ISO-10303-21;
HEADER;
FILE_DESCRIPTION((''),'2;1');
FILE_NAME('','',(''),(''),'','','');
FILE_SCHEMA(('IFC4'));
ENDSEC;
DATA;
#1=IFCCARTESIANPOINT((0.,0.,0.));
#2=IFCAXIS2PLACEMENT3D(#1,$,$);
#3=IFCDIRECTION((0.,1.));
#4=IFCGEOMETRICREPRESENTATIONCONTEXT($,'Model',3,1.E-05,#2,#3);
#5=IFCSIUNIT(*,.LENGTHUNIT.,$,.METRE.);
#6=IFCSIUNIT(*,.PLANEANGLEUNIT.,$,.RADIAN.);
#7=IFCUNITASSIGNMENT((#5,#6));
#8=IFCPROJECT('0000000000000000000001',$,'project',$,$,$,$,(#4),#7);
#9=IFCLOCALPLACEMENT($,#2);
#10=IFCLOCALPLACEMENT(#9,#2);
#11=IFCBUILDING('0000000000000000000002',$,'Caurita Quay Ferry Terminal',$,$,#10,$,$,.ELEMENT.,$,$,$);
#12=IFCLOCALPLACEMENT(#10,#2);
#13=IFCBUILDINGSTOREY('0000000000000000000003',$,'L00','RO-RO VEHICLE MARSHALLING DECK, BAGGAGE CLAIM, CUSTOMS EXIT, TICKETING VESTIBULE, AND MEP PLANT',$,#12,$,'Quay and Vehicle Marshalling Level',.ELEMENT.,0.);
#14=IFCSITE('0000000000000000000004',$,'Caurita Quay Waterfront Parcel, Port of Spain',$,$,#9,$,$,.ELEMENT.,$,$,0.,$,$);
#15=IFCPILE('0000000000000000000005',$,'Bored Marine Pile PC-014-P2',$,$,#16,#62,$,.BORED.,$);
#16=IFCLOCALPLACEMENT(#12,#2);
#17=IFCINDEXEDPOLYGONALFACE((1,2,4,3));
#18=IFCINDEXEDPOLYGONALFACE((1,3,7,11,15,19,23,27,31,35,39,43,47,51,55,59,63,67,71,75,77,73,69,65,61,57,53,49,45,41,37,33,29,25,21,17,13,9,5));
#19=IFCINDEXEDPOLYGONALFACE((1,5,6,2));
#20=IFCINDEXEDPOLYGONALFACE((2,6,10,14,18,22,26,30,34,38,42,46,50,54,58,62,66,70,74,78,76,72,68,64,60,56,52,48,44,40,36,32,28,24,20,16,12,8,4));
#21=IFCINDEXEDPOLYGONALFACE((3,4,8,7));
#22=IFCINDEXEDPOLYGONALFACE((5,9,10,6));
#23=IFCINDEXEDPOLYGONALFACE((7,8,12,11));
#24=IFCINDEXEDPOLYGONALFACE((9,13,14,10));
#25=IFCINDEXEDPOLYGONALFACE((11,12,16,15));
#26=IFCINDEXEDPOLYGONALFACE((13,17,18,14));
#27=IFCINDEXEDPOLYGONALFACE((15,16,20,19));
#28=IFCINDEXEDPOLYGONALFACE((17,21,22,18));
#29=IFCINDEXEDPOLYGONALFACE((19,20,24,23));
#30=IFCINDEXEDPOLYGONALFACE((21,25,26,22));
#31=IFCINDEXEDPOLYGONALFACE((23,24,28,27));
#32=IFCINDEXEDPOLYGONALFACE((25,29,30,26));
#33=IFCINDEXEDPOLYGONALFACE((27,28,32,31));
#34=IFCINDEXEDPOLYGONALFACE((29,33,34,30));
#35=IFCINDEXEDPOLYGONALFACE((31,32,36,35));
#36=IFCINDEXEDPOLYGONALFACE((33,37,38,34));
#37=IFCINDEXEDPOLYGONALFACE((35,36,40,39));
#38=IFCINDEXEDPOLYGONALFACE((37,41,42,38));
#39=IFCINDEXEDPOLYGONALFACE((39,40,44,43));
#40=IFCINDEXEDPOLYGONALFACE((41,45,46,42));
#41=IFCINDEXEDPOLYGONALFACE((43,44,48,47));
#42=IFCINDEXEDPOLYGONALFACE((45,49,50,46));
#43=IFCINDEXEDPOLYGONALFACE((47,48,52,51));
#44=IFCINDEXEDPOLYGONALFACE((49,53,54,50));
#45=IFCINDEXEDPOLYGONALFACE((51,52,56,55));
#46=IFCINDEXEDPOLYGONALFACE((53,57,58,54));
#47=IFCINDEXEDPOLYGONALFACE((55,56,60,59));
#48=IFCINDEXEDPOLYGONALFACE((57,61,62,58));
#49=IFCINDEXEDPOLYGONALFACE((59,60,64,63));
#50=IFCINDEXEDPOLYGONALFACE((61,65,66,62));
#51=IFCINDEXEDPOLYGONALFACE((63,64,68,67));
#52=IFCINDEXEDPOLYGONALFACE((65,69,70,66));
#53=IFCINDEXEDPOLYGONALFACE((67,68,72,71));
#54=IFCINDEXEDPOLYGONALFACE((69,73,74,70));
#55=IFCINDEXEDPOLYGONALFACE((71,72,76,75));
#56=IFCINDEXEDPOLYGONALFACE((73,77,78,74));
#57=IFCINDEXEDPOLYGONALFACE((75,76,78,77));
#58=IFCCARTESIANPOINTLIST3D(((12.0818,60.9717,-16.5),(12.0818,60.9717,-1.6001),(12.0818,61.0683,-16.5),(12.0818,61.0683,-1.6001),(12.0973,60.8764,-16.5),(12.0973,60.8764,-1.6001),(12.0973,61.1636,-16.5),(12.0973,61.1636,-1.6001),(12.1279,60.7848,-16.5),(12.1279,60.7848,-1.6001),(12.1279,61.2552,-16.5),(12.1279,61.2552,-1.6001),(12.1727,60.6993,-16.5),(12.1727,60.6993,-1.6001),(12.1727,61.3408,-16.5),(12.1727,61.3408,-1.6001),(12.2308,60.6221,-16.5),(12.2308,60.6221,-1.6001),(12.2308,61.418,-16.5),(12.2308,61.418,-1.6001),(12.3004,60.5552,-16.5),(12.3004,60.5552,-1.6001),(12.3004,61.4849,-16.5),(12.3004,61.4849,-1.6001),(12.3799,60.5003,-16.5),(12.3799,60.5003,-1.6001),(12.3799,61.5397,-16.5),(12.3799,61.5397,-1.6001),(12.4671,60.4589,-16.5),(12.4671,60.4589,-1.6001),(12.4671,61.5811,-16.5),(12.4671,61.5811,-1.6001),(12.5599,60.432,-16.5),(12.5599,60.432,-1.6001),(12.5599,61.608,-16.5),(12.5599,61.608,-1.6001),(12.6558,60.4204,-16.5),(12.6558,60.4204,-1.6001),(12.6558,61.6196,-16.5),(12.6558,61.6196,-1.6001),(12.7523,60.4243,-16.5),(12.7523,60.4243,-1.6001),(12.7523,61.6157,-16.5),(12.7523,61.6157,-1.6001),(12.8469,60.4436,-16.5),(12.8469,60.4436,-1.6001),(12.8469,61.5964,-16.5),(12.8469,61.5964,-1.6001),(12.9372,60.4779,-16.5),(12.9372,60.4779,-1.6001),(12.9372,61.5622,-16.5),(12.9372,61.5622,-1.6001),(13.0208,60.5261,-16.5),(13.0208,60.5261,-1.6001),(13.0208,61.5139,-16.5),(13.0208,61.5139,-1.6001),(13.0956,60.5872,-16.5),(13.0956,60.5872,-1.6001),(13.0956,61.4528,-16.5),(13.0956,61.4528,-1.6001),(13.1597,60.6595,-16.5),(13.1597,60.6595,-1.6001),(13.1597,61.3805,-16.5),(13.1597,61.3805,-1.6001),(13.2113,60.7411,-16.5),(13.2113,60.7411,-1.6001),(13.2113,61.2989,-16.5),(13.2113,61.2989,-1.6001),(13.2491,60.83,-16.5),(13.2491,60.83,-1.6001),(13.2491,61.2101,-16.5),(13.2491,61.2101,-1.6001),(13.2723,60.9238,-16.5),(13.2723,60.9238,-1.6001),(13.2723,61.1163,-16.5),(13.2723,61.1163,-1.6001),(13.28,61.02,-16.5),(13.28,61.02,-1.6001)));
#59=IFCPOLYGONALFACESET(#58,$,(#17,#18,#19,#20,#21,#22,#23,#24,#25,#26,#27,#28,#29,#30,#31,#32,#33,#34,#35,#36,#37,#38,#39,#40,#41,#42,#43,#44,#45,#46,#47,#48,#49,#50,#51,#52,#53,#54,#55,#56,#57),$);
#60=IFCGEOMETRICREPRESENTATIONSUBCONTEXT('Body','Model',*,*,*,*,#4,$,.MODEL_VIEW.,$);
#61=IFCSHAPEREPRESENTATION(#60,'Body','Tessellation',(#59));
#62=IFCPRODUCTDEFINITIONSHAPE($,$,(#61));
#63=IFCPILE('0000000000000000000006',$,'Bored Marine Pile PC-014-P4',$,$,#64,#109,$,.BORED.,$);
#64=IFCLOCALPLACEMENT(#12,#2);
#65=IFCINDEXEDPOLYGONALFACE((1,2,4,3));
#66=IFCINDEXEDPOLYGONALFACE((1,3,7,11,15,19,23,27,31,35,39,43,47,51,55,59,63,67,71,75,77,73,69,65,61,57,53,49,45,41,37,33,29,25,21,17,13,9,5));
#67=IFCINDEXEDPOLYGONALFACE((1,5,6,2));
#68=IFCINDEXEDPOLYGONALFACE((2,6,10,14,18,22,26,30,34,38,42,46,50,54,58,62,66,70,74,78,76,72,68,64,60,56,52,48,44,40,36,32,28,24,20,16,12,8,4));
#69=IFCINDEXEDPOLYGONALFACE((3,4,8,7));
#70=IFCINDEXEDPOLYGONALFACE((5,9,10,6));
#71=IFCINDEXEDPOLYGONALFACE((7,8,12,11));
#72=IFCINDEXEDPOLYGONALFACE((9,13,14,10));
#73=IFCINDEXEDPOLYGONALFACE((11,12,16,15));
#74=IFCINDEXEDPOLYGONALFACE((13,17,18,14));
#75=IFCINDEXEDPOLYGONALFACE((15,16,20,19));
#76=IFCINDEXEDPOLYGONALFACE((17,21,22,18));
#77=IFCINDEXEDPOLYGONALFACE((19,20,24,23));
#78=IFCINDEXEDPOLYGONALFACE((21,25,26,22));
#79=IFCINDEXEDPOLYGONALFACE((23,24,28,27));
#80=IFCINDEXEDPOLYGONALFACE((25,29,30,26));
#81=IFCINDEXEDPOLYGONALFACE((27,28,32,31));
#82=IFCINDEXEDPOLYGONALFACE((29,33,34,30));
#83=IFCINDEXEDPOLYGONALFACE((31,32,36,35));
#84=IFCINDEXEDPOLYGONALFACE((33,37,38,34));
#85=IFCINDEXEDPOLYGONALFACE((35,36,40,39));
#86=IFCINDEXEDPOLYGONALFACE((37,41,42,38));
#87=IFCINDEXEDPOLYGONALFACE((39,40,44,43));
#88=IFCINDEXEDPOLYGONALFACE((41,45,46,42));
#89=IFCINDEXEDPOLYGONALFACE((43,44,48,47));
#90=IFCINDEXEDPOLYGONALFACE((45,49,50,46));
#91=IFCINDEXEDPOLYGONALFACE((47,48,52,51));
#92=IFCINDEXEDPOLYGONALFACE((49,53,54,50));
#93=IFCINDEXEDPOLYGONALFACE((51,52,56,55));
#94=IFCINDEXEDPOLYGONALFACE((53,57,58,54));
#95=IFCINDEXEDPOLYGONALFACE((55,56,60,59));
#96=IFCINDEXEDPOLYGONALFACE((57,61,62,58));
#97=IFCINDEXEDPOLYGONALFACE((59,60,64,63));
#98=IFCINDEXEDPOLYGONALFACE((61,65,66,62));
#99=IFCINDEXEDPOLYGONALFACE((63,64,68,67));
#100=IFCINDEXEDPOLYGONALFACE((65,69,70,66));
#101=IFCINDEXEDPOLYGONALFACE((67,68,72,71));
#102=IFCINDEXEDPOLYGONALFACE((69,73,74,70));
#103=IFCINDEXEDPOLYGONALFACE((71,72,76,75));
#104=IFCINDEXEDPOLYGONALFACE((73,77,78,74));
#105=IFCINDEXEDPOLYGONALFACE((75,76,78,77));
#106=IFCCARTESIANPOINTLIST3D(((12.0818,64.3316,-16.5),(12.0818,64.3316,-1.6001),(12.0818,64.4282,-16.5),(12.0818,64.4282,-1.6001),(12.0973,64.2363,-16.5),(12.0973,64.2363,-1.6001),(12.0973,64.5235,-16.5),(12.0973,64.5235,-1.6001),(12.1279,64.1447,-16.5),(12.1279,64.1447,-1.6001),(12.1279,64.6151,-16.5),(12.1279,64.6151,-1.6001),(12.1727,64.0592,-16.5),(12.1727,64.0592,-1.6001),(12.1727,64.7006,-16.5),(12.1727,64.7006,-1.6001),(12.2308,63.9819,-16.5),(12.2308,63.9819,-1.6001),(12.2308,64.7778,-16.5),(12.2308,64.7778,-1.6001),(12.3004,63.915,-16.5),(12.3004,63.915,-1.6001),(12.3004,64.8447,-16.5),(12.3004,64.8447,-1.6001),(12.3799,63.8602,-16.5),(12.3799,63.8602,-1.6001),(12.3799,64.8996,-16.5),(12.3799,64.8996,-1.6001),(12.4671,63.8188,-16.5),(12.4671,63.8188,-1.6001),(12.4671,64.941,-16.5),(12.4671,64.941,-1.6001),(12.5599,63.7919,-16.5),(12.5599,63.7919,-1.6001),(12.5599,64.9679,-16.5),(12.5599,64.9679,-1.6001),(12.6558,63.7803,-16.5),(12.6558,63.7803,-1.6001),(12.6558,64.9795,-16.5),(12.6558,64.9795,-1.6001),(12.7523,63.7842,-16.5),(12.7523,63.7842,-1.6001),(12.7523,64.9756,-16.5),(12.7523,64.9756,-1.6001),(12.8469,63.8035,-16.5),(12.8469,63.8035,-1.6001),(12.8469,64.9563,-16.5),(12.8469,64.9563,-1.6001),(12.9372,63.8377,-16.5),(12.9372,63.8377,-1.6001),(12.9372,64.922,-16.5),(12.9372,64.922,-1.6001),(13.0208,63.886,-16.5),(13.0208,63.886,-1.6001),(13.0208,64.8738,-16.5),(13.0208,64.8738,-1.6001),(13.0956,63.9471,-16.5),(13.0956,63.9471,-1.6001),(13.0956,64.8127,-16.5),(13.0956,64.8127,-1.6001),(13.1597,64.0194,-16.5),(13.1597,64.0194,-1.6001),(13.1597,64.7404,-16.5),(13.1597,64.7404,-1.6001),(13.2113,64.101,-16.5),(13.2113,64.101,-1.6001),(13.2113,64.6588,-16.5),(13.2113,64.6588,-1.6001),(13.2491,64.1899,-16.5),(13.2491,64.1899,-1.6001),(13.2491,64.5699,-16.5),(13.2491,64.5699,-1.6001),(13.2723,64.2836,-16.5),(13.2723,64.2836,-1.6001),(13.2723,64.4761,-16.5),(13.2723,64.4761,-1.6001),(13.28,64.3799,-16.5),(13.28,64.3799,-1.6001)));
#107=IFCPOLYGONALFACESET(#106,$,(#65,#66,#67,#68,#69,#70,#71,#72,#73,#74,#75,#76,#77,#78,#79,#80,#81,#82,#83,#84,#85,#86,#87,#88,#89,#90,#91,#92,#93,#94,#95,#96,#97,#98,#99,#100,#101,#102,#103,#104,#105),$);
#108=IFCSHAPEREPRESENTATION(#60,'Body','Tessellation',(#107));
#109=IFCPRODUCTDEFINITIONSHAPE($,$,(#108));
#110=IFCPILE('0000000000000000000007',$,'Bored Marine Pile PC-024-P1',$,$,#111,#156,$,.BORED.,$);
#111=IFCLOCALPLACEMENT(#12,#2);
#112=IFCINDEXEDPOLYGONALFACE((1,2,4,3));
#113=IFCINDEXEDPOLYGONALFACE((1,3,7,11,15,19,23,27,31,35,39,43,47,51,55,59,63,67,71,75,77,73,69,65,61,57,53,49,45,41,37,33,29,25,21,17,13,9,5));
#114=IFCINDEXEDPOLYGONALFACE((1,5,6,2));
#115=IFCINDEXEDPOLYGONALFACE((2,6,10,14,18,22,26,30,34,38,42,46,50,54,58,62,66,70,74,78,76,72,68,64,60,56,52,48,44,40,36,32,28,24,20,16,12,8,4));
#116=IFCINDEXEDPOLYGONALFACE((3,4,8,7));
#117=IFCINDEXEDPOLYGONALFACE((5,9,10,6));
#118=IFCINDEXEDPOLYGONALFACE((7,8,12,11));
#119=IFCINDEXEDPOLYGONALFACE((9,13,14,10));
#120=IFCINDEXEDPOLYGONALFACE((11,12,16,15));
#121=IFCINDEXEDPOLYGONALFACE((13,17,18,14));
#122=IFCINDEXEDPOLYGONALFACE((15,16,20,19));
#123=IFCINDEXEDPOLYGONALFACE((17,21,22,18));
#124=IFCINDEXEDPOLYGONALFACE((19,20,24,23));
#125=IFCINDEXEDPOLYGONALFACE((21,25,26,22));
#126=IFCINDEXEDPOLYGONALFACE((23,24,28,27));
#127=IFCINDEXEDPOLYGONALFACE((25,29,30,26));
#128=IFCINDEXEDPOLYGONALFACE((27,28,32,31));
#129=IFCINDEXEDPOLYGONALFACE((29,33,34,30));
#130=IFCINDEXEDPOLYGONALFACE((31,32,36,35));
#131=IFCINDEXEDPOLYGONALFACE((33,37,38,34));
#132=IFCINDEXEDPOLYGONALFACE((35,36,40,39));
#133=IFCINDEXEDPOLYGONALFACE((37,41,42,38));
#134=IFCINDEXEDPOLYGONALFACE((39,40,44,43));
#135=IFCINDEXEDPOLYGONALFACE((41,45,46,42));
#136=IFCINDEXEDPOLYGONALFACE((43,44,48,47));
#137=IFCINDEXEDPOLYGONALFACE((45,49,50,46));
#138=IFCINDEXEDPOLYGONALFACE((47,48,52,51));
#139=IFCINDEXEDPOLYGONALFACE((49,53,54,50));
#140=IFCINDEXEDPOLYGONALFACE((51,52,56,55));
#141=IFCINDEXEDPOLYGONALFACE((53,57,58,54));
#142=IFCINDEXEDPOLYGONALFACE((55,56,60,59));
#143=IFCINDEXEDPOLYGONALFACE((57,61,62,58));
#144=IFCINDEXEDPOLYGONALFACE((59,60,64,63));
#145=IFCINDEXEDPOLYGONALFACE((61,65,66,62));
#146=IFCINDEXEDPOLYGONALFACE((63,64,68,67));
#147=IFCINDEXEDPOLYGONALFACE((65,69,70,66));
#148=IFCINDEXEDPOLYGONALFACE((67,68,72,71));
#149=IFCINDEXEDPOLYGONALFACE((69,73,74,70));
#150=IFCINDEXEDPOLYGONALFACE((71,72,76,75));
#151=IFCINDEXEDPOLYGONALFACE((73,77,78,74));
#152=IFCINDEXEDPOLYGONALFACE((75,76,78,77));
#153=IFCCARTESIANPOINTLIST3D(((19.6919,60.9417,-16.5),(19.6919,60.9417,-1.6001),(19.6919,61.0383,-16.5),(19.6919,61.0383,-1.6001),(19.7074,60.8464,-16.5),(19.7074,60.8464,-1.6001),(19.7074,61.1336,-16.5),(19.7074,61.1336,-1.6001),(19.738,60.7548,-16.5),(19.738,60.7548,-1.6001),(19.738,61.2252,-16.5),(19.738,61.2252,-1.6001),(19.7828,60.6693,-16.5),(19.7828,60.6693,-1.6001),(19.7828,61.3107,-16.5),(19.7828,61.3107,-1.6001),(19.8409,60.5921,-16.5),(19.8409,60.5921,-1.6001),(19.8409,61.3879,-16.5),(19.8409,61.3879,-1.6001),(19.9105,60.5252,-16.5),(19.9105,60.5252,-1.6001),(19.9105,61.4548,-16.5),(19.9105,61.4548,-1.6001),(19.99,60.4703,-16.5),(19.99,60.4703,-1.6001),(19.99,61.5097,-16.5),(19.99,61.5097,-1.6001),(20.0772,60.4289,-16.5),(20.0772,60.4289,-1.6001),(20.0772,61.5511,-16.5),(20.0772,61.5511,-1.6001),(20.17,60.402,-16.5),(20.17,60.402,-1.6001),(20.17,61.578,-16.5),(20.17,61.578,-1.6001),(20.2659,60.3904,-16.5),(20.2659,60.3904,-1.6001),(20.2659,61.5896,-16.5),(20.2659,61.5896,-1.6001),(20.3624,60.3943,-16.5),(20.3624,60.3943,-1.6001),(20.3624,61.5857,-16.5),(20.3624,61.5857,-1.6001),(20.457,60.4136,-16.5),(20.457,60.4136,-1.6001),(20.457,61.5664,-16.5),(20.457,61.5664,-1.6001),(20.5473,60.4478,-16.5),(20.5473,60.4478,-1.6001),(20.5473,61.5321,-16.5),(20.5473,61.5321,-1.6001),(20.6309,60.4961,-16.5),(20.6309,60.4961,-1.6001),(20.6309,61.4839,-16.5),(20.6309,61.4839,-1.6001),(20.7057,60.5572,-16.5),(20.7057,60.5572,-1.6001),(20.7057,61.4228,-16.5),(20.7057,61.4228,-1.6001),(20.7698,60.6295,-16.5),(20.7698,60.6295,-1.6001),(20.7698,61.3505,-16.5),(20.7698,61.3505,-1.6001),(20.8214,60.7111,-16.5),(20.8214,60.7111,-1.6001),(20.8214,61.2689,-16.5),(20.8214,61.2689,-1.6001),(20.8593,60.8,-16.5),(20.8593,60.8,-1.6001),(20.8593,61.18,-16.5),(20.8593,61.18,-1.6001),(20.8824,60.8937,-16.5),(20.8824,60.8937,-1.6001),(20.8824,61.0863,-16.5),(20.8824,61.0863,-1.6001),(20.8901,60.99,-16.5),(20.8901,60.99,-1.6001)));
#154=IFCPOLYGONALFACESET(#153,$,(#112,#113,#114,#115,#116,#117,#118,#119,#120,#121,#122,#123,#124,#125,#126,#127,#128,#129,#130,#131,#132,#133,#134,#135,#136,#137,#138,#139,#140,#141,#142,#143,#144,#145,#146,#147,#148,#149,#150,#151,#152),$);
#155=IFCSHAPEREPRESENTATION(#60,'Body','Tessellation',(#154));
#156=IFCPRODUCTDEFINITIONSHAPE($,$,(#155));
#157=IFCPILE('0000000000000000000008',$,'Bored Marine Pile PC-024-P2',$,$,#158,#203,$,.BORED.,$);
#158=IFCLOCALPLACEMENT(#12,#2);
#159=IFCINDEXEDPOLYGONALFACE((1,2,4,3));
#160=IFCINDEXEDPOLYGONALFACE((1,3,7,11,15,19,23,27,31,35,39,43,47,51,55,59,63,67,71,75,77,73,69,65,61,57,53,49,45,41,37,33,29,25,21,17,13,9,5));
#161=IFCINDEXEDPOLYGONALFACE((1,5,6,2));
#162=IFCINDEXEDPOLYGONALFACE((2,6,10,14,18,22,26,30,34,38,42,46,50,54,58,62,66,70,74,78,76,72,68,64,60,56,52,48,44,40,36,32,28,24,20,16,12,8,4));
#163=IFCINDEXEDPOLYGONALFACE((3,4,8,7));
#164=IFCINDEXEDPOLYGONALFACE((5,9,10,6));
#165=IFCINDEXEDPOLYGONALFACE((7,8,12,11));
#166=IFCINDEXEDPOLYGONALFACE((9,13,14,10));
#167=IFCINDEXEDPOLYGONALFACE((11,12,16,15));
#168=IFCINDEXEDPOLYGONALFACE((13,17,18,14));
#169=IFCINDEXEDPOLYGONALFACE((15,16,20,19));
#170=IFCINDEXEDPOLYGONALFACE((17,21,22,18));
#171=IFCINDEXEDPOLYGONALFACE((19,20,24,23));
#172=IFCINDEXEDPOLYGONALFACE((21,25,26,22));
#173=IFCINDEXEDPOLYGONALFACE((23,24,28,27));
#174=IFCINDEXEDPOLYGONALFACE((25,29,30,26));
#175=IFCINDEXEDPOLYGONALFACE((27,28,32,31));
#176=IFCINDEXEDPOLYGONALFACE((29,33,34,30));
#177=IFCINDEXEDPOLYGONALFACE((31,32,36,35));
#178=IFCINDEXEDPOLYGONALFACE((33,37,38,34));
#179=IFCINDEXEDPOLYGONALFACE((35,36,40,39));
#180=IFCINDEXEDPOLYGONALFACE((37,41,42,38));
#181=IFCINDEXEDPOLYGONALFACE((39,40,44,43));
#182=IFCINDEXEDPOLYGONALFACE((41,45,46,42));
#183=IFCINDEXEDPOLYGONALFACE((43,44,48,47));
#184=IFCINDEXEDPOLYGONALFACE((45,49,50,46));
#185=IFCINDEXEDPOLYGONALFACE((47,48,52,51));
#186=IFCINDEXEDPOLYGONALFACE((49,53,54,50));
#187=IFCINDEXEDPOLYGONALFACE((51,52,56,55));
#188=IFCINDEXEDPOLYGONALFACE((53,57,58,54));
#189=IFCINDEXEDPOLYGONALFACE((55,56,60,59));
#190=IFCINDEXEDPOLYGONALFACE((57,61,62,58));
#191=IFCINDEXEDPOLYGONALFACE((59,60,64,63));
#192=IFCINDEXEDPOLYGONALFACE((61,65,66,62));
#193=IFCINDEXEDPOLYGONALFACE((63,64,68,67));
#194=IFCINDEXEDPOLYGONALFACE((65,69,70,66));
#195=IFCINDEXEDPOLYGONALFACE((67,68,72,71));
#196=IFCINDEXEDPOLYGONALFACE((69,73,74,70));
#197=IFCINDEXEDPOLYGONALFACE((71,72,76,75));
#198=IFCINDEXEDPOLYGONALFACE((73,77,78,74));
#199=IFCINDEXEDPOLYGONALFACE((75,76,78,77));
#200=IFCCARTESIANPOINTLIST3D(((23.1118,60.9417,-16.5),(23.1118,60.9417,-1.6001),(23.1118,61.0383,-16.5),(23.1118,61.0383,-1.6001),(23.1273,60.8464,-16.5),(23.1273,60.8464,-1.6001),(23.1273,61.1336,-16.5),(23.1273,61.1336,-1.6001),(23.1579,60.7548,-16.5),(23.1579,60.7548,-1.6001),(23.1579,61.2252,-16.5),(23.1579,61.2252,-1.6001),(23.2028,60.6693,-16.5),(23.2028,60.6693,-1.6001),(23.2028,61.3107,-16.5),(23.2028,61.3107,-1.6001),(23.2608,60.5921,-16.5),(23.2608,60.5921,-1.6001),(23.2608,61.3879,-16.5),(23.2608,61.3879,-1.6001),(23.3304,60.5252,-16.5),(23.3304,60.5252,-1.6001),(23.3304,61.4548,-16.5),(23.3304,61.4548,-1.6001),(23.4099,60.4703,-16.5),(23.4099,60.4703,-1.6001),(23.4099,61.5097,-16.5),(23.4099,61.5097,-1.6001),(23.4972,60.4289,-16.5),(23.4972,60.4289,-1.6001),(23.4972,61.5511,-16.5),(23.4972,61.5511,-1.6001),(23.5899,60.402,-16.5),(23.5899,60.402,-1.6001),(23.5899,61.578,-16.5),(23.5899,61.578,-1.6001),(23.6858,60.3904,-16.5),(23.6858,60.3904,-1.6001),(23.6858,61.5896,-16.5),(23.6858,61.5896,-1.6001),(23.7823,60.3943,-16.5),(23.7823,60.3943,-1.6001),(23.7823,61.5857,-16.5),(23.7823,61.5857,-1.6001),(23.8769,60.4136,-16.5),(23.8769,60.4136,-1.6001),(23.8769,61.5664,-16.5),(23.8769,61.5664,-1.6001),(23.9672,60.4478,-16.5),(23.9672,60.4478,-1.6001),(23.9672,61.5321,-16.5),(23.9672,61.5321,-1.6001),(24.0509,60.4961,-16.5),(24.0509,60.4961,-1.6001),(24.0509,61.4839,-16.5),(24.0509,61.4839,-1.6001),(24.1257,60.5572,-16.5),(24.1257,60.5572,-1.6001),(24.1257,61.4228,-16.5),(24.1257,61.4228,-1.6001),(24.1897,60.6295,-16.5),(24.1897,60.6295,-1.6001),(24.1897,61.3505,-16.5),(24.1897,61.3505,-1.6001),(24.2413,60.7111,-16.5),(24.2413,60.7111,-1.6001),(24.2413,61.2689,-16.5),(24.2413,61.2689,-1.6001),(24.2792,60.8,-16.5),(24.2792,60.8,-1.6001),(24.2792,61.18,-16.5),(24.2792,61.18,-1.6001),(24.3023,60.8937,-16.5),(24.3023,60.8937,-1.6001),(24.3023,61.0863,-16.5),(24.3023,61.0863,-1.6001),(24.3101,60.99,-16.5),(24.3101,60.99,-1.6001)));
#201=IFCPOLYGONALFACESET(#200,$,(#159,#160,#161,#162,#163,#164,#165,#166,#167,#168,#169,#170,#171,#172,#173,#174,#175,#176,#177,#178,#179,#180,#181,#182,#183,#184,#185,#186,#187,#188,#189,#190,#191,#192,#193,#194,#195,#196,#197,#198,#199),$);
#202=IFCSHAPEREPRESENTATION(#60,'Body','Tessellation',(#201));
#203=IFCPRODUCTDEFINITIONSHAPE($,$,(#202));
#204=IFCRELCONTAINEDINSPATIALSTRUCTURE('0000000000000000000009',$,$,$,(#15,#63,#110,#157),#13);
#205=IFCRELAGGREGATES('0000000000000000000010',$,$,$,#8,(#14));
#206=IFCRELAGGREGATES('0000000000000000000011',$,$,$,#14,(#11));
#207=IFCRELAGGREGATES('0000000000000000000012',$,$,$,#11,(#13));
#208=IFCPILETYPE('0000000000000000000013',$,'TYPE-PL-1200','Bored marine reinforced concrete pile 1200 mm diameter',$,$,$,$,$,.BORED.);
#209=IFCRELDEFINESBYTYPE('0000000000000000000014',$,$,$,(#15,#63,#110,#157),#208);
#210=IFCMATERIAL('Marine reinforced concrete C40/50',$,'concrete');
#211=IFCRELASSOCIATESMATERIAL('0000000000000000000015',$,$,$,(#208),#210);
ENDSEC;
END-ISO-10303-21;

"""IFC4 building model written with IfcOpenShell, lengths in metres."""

from ifc_helpers import new_model, si_unit, direction, frame, origin, origin_2d, place, context, subcontext, project, spatial, circle, extrude, material, material_profile, profile_set, type_object, element, save


model = new_model("IFC4")

# Units and contexts
model_context = context("Model", 3, precision=1e-05, world=origin(), true_north=direction((0.0, 1.0)))
body_context = subcontext(model_context, "Body", "Model", "MODEL_VIEW")
ifc_project = project(units=[si_unit("LENGTHUNIT", "METRE"), si_unit("PLANEANGLEUNIT", "RADIAN")], contexts=[model_context])

# Site, building, storey
site_placement = place(None, origin())
site = spatial("IfcSite", under=ifc_project, at=site_placement, Name="Caurita Quay Waterfront Parcel, Port of Spain", CompositionType="ELEMENT", RefElevation=0.0)
building_placement = place(site_placement, origin())
building = spatial("IfcBuilding", under=site, at=building_placement, Name="Caurita Quay Ferry Terminal", CompositionType="ELEMENT")
storey_placement = place(building_placement, origin())
storey = spatial("IfcBuildingStorey", under=building, at=storey_placement, Name="L00", Description="RO-RO VEHICLE MARSHALLING DECK, BAGGAGE CLAIM, CUSTOMS EXIT, TICKETING VESTIBULE, AND MEP PLANT", LongName="Quay and Vehicle Marshalling Level", CompositionType="ELEMENT", Elevation=0.0)

# Piles
ifc_material_1 = material(Name="Marine reinforced concrete C40/50", Category="concrete")
ifc_material_profile_1 = material_profile(ifc_material_1, circle(Radius=0.6001, at=origin_2d()), Name="PILE-D1200")
ifc_profile_set_1 = profile_set([ifc_material_profile_1], Name="Marine reinforced concrete C40/50")
pile_type_1 = type_object("IfcPileType", Name="TYPE-PL-1200", Description="Bored marine reinforced concrete pile 1200 mm diameter", PredefinedType="BORED", material=ifc_profile_set_1)
for number, where, z_axis, x_axis, name in (
    (1, (12.6799, 61.02, -1.6001), (0.0, 0.0, -1.0), (1.0, 0.0, 0.0), "Bored Marine Pile PC-014-P2"),
    (2, (12.6799, 64.3799, -1.6001), (0.0, 0.0, -1.0), (1.0, 0.0, 0.0), "Bored Marine Pile PC-014-P4"),
    (3, (20.29, 60.99, -1.6001), (0.0, 0.0, -1.0), (1.0, 0.0, 0.0), "Bored Marine Pile PC-024-P1"),
    (4, (23.71, 60.99, -1.6001), (0.0, 0.0, -1.0), (1.0, 0.0, 0.0), "Bored Marine Pile PC-024-P2"),
):
    element("IfcPile", number, at=place(storey_placement, frame(where, z_axis=z_axis, x_axis=x_axis)), inside=storey, type_object=pile_type_1, Name=name, PredefinedType="BORED", context=body_context, shape_type="SweptSolid", body=[
        extrude(circle(Radius=0.6001, at=origin_2d()), origin(), (0.0, 0.0, 1.0), 14.8999),
    ])

save(model, "model.ifc")
